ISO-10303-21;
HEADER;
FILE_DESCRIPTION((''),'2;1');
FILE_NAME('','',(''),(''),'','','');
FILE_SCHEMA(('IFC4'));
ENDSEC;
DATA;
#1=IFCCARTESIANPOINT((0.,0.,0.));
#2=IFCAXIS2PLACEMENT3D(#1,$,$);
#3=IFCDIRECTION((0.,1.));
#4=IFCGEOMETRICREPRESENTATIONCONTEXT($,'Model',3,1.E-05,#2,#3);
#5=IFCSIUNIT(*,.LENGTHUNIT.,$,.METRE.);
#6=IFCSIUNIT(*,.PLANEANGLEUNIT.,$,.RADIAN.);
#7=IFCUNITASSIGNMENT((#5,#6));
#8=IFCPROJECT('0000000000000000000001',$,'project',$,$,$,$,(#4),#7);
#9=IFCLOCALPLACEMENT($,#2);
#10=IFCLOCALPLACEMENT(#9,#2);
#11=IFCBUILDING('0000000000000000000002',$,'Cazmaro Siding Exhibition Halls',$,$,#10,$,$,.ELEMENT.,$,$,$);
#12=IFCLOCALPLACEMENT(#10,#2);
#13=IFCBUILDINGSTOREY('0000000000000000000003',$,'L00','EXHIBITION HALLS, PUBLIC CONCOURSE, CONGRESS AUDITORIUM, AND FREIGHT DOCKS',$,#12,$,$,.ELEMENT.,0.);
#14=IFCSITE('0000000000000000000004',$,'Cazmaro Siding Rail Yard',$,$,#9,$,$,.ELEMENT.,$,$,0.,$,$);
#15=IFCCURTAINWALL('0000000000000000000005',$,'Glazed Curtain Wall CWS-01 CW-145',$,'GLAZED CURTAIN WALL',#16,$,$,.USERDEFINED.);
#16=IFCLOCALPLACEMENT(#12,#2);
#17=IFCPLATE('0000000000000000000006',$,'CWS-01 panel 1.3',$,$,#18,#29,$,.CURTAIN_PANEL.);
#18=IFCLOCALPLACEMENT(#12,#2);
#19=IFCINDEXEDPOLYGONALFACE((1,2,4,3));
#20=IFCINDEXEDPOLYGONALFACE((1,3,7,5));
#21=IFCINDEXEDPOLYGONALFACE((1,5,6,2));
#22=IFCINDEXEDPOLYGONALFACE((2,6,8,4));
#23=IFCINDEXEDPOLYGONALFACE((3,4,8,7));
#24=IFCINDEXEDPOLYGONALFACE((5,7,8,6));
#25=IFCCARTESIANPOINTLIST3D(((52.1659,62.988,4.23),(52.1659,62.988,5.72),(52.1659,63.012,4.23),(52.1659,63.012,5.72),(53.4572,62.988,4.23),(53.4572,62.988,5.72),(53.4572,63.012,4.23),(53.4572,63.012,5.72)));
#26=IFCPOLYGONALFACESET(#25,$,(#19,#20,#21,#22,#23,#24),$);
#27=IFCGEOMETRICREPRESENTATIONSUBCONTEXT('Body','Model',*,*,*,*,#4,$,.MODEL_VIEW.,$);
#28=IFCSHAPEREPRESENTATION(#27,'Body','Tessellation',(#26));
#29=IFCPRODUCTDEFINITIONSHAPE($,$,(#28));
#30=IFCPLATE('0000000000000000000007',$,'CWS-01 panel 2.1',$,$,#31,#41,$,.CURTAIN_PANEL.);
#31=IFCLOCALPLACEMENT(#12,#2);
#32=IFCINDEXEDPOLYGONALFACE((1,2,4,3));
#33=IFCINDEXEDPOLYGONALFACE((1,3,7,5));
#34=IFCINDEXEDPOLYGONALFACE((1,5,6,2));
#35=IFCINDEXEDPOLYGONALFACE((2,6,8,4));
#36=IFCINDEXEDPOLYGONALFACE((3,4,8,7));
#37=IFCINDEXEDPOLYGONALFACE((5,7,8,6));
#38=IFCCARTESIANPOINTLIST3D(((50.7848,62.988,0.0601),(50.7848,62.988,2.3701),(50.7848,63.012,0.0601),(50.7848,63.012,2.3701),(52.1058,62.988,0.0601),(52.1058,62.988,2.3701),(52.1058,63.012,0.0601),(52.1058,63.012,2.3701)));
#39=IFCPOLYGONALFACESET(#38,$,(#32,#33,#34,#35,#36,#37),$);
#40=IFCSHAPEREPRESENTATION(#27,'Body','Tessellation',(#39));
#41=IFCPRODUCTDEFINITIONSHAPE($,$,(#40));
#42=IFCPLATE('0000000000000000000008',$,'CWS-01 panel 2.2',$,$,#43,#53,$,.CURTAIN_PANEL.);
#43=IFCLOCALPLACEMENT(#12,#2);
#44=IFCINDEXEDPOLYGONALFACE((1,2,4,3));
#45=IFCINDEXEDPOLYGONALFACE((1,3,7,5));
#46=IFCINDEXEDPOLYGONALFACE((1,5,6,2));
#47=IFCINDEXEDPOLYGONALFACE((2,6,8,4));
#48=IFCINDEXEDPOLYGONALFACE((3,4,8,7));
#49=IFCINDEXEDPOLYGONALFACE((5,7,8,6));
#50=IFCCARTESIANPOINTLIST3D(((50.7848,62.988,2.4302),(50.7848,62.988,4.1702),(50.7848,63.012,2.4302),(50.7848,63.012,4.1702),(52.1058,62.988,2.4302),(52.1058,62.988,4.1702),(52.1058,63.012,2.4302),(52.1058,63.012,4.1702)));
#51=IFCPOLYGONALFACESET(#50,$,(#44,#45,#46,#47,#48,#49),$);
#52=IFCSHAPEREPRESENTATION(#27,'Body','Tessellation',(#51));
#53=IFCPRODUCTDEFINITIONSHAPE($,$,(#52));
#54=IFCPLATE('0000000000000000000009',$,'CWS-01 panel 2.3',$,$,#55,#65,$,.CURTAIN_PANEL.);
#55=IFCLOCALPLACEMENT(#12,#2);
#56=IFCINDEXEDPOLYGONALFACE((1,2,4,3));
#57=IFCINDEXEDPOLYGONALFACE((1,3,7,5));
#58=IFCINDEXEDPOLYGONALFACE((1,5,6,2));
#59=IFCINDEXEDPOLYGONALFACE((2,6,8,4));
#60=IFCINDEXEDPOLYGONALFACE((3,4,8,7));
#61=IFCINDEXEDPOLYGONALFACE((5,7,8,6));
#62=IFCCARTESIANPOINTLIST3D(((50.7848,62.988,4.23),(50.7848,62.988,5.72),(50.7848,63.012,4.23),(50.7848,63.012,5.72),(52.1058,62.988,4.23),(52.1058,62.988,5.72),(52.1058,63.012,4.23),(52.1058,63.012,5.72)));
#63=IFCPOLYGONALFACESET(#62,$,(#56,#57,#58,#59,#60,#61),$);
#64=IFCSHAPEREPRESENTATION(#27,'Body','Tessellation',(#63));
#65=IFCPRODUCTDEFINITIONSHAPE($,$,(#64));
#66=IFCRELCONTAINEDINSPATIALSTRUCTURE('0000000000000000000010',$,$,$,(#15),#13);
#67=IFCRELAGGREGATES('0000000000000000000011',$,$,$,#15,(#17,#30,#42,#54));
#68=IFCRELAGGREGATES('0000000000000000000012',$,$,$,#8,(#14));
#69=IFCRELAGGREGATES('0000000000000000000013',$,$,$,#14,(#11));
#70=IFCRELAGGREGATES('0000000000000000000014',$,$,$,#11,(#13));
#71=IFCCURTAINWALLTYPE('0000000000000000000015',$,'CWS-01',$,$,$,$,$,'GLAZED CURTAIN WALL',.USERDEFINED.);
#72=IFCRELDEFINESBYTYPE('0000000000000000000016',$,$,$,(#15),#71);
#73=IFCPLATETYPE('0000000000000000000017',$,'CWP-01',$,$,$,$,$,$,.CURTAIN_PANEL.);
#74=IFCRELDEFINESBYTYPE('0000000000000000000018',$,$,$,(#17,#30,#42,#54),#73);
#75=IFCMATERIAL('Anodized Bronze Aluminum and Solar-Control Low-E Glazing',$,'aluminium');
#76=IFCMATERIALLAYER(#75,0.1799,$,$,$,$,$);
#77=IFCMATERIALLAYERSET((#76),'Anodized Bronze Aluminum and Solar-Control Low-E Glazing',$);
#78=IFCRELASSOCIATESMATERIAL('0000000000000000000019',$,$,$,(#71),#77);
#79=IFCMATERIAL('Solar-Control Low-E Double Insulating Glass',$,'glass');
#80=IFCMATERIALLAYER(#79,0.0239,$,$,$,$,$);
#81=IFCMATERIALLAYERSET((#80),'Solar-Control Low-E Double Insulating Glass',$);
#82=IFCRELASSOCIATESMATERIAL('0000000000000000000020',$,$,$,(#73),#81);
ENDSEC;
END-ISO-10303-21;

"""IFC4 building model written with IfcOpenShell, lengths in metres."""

from ifc_helpers import new_model, si_unit, direction, frame, origin, origin_2d, place, context, subcontext, project, spatial, rectangle, extrude, material, layer, layer_set, type_object, element, aggregate, save


model = new_model("IFC4")

# Units and contexts
model_context = context("Model", 3, precision=1e-05, world=origin(), true_north=direction((0.0, 1.0)))
body_context = subcontext(model_context, "Body", "Model", "MODEL_VIEW")
ifc_project = project(units=[si_unit("LENGTHUNIT", "METRE"), si_unit("PLANEANGLEUNIT", "RADIAN")], contexts=[model_context])

# Site, building, storey
site_placement = place(None, origin())
site = spatial("IfcSite", under=ifc_project, at=site_placement, Name="Cazmaro Siding Rail Yard", CompositionType="ELEMENT", RefElevation=0.0)
building_placement = place(site_placement, origin())
building = spatial("IfcBuilding", under=site, at=building_placement, Name="Cazmaro Siding Exhibition Halls", CompositionType="ELEMENT")
storey_placement = place(building_placement, origin())
storey = spatial("IfcBuildingStorey", under=building, at=storey_placement, Name="L00", Description="EXHIBITION HALLS, PUBLIC CONCOURSE, CONGRESS AUDITORIUM, AND FREIGHT DOCKS", CompositionType="ELEMENT", Elevation=0.0)

# Curtain wall, plates
ifc_material_1 = material(Name="Anodized Bronze Aluminum and Solar-Control Low-E Glazing", Category="aluminium")
ifc_layer_1 = layer(ifc_material_1, 0.1799)
ifc_layer_set_1 = layer_set([ifc_layer_1], Name="Anodized Bronze Aluminum and Solar-Control Low-E Glazing")
curtain_wall_type = type_object("IfcCurtainWallType", Name="CWS-01", ElementType="GLAZED CURTAIN WALL", PredefinedType="USERDEFINED", material=ifc_layer_set_1)
curtain_wall_placement = place(storey_placement, origin())
curtain_wall = element("IfcCurtainWall", 1, at=curtain_wall_placement, inside=storey, type_object=curtain_wall_type, Name="Glazed Curtain Wall CWS-01 CW-145", ObjectType="GLAZED CURTAIN WALL", PredefinedType="USERDEFINED")
ifc_material_2 = material(Name="Solar-Control Low-E Double Insulating Glass", Category="glass")
ifc_layer_2 = layer(ifc_material_2, 0.0239)
ifc_layer_set_2 = layer_set([ifc_layer_2], Name="Solar-Control Low-E Double Insulating Glass")
plate_type = type_object("IfcPlateType", Name="CWP-01", PredefinedType="CURTAIN_PANEL", material=ifc_layer_set_2)
plate_1_placement = place(storey_placement, frame((52.8115, 63.0, 4.23), z_axis=(0.0, 0.0, 1.0), x_axis=(-1.0, 0.0, 0.0)))
plate_1 = element("IfcPlate", 2, at=plate_1_placement, type_object=plate_type, Name="CWS-01 panel 1.3", PredefinedType="CURTAIN_PANEL", context=body_context, shape_type="SweptSolid", body=[
    extrude(rectangle(XDim=1.2913, YDim=0.0239, at=origin_2d()), origin(), (0.0, 0.0, 1.0), 1.49),
])
plate_2_placement = place(storey_placement, frame((51.4453, 63.0, 0.0601), z_axis=(0.0, 0.0, 1.0), x_axis=(-1.0, 0.0, 0.0)))
plate_2 = element("IfcPlate", 3, at=plate_2_placement, type_object=plate_type, Name="CWS-01 panel 2.1", PredefinedType="CURTAIN_PANEL", context=body_context, shape_type="SweptSolid", body=[
    extrude(rectangle(XDim=1.321, YDim=0.0239, at=origin_2d()), origin(), (0.0, 0.0, 1.0), 2.3101),
])
plate_3_placement = place(storey_placement, frame((51.4453, 63.0, 2.4302), z_axis=(0.0, 0.0, 1.0), x_axis=(-1.0, 0.0, 0.0)))
plate_3 = element("IfcPlate", 4, at=plate_3_placement, type_object=plate_type, Name="CWS-01 panel 2.2", PredefinedType="CURTAIN_PANEL", context=body_context, shape_type="SweptSolid", body=[
    extrude(rectangle(XDim=1.321, YDim=0.0239, at=origin_2d()), origin(), (0.0, 0.0, 1.0), 1.74),
])
plate_4_placement = place(storey_placement, frame((51.4453, 63.0, 4.23), z_axis=(0.0, 0.0, 1.0), x_axis=(-1.0, 0.0, 0.0)))
plate_4 = element("IfcPlate", 5, at=plate_4_placement, type_object=plate_type, Name="CWS-01 panel 2.3", PredefinedType="CURTAIN_PANEL", context=body_context, shape_type="SweptSolid", body=[
    extrude(rectangle(XDim=1.321, YDim=0.0239, at=origin_2d()), origin(), (0.0, 0.0, 1.0), 1.49),
])
aggregate(curtain_wall, [plate_1, plate_2, plate_3, plate_4])

save(model, "model.ifc")
